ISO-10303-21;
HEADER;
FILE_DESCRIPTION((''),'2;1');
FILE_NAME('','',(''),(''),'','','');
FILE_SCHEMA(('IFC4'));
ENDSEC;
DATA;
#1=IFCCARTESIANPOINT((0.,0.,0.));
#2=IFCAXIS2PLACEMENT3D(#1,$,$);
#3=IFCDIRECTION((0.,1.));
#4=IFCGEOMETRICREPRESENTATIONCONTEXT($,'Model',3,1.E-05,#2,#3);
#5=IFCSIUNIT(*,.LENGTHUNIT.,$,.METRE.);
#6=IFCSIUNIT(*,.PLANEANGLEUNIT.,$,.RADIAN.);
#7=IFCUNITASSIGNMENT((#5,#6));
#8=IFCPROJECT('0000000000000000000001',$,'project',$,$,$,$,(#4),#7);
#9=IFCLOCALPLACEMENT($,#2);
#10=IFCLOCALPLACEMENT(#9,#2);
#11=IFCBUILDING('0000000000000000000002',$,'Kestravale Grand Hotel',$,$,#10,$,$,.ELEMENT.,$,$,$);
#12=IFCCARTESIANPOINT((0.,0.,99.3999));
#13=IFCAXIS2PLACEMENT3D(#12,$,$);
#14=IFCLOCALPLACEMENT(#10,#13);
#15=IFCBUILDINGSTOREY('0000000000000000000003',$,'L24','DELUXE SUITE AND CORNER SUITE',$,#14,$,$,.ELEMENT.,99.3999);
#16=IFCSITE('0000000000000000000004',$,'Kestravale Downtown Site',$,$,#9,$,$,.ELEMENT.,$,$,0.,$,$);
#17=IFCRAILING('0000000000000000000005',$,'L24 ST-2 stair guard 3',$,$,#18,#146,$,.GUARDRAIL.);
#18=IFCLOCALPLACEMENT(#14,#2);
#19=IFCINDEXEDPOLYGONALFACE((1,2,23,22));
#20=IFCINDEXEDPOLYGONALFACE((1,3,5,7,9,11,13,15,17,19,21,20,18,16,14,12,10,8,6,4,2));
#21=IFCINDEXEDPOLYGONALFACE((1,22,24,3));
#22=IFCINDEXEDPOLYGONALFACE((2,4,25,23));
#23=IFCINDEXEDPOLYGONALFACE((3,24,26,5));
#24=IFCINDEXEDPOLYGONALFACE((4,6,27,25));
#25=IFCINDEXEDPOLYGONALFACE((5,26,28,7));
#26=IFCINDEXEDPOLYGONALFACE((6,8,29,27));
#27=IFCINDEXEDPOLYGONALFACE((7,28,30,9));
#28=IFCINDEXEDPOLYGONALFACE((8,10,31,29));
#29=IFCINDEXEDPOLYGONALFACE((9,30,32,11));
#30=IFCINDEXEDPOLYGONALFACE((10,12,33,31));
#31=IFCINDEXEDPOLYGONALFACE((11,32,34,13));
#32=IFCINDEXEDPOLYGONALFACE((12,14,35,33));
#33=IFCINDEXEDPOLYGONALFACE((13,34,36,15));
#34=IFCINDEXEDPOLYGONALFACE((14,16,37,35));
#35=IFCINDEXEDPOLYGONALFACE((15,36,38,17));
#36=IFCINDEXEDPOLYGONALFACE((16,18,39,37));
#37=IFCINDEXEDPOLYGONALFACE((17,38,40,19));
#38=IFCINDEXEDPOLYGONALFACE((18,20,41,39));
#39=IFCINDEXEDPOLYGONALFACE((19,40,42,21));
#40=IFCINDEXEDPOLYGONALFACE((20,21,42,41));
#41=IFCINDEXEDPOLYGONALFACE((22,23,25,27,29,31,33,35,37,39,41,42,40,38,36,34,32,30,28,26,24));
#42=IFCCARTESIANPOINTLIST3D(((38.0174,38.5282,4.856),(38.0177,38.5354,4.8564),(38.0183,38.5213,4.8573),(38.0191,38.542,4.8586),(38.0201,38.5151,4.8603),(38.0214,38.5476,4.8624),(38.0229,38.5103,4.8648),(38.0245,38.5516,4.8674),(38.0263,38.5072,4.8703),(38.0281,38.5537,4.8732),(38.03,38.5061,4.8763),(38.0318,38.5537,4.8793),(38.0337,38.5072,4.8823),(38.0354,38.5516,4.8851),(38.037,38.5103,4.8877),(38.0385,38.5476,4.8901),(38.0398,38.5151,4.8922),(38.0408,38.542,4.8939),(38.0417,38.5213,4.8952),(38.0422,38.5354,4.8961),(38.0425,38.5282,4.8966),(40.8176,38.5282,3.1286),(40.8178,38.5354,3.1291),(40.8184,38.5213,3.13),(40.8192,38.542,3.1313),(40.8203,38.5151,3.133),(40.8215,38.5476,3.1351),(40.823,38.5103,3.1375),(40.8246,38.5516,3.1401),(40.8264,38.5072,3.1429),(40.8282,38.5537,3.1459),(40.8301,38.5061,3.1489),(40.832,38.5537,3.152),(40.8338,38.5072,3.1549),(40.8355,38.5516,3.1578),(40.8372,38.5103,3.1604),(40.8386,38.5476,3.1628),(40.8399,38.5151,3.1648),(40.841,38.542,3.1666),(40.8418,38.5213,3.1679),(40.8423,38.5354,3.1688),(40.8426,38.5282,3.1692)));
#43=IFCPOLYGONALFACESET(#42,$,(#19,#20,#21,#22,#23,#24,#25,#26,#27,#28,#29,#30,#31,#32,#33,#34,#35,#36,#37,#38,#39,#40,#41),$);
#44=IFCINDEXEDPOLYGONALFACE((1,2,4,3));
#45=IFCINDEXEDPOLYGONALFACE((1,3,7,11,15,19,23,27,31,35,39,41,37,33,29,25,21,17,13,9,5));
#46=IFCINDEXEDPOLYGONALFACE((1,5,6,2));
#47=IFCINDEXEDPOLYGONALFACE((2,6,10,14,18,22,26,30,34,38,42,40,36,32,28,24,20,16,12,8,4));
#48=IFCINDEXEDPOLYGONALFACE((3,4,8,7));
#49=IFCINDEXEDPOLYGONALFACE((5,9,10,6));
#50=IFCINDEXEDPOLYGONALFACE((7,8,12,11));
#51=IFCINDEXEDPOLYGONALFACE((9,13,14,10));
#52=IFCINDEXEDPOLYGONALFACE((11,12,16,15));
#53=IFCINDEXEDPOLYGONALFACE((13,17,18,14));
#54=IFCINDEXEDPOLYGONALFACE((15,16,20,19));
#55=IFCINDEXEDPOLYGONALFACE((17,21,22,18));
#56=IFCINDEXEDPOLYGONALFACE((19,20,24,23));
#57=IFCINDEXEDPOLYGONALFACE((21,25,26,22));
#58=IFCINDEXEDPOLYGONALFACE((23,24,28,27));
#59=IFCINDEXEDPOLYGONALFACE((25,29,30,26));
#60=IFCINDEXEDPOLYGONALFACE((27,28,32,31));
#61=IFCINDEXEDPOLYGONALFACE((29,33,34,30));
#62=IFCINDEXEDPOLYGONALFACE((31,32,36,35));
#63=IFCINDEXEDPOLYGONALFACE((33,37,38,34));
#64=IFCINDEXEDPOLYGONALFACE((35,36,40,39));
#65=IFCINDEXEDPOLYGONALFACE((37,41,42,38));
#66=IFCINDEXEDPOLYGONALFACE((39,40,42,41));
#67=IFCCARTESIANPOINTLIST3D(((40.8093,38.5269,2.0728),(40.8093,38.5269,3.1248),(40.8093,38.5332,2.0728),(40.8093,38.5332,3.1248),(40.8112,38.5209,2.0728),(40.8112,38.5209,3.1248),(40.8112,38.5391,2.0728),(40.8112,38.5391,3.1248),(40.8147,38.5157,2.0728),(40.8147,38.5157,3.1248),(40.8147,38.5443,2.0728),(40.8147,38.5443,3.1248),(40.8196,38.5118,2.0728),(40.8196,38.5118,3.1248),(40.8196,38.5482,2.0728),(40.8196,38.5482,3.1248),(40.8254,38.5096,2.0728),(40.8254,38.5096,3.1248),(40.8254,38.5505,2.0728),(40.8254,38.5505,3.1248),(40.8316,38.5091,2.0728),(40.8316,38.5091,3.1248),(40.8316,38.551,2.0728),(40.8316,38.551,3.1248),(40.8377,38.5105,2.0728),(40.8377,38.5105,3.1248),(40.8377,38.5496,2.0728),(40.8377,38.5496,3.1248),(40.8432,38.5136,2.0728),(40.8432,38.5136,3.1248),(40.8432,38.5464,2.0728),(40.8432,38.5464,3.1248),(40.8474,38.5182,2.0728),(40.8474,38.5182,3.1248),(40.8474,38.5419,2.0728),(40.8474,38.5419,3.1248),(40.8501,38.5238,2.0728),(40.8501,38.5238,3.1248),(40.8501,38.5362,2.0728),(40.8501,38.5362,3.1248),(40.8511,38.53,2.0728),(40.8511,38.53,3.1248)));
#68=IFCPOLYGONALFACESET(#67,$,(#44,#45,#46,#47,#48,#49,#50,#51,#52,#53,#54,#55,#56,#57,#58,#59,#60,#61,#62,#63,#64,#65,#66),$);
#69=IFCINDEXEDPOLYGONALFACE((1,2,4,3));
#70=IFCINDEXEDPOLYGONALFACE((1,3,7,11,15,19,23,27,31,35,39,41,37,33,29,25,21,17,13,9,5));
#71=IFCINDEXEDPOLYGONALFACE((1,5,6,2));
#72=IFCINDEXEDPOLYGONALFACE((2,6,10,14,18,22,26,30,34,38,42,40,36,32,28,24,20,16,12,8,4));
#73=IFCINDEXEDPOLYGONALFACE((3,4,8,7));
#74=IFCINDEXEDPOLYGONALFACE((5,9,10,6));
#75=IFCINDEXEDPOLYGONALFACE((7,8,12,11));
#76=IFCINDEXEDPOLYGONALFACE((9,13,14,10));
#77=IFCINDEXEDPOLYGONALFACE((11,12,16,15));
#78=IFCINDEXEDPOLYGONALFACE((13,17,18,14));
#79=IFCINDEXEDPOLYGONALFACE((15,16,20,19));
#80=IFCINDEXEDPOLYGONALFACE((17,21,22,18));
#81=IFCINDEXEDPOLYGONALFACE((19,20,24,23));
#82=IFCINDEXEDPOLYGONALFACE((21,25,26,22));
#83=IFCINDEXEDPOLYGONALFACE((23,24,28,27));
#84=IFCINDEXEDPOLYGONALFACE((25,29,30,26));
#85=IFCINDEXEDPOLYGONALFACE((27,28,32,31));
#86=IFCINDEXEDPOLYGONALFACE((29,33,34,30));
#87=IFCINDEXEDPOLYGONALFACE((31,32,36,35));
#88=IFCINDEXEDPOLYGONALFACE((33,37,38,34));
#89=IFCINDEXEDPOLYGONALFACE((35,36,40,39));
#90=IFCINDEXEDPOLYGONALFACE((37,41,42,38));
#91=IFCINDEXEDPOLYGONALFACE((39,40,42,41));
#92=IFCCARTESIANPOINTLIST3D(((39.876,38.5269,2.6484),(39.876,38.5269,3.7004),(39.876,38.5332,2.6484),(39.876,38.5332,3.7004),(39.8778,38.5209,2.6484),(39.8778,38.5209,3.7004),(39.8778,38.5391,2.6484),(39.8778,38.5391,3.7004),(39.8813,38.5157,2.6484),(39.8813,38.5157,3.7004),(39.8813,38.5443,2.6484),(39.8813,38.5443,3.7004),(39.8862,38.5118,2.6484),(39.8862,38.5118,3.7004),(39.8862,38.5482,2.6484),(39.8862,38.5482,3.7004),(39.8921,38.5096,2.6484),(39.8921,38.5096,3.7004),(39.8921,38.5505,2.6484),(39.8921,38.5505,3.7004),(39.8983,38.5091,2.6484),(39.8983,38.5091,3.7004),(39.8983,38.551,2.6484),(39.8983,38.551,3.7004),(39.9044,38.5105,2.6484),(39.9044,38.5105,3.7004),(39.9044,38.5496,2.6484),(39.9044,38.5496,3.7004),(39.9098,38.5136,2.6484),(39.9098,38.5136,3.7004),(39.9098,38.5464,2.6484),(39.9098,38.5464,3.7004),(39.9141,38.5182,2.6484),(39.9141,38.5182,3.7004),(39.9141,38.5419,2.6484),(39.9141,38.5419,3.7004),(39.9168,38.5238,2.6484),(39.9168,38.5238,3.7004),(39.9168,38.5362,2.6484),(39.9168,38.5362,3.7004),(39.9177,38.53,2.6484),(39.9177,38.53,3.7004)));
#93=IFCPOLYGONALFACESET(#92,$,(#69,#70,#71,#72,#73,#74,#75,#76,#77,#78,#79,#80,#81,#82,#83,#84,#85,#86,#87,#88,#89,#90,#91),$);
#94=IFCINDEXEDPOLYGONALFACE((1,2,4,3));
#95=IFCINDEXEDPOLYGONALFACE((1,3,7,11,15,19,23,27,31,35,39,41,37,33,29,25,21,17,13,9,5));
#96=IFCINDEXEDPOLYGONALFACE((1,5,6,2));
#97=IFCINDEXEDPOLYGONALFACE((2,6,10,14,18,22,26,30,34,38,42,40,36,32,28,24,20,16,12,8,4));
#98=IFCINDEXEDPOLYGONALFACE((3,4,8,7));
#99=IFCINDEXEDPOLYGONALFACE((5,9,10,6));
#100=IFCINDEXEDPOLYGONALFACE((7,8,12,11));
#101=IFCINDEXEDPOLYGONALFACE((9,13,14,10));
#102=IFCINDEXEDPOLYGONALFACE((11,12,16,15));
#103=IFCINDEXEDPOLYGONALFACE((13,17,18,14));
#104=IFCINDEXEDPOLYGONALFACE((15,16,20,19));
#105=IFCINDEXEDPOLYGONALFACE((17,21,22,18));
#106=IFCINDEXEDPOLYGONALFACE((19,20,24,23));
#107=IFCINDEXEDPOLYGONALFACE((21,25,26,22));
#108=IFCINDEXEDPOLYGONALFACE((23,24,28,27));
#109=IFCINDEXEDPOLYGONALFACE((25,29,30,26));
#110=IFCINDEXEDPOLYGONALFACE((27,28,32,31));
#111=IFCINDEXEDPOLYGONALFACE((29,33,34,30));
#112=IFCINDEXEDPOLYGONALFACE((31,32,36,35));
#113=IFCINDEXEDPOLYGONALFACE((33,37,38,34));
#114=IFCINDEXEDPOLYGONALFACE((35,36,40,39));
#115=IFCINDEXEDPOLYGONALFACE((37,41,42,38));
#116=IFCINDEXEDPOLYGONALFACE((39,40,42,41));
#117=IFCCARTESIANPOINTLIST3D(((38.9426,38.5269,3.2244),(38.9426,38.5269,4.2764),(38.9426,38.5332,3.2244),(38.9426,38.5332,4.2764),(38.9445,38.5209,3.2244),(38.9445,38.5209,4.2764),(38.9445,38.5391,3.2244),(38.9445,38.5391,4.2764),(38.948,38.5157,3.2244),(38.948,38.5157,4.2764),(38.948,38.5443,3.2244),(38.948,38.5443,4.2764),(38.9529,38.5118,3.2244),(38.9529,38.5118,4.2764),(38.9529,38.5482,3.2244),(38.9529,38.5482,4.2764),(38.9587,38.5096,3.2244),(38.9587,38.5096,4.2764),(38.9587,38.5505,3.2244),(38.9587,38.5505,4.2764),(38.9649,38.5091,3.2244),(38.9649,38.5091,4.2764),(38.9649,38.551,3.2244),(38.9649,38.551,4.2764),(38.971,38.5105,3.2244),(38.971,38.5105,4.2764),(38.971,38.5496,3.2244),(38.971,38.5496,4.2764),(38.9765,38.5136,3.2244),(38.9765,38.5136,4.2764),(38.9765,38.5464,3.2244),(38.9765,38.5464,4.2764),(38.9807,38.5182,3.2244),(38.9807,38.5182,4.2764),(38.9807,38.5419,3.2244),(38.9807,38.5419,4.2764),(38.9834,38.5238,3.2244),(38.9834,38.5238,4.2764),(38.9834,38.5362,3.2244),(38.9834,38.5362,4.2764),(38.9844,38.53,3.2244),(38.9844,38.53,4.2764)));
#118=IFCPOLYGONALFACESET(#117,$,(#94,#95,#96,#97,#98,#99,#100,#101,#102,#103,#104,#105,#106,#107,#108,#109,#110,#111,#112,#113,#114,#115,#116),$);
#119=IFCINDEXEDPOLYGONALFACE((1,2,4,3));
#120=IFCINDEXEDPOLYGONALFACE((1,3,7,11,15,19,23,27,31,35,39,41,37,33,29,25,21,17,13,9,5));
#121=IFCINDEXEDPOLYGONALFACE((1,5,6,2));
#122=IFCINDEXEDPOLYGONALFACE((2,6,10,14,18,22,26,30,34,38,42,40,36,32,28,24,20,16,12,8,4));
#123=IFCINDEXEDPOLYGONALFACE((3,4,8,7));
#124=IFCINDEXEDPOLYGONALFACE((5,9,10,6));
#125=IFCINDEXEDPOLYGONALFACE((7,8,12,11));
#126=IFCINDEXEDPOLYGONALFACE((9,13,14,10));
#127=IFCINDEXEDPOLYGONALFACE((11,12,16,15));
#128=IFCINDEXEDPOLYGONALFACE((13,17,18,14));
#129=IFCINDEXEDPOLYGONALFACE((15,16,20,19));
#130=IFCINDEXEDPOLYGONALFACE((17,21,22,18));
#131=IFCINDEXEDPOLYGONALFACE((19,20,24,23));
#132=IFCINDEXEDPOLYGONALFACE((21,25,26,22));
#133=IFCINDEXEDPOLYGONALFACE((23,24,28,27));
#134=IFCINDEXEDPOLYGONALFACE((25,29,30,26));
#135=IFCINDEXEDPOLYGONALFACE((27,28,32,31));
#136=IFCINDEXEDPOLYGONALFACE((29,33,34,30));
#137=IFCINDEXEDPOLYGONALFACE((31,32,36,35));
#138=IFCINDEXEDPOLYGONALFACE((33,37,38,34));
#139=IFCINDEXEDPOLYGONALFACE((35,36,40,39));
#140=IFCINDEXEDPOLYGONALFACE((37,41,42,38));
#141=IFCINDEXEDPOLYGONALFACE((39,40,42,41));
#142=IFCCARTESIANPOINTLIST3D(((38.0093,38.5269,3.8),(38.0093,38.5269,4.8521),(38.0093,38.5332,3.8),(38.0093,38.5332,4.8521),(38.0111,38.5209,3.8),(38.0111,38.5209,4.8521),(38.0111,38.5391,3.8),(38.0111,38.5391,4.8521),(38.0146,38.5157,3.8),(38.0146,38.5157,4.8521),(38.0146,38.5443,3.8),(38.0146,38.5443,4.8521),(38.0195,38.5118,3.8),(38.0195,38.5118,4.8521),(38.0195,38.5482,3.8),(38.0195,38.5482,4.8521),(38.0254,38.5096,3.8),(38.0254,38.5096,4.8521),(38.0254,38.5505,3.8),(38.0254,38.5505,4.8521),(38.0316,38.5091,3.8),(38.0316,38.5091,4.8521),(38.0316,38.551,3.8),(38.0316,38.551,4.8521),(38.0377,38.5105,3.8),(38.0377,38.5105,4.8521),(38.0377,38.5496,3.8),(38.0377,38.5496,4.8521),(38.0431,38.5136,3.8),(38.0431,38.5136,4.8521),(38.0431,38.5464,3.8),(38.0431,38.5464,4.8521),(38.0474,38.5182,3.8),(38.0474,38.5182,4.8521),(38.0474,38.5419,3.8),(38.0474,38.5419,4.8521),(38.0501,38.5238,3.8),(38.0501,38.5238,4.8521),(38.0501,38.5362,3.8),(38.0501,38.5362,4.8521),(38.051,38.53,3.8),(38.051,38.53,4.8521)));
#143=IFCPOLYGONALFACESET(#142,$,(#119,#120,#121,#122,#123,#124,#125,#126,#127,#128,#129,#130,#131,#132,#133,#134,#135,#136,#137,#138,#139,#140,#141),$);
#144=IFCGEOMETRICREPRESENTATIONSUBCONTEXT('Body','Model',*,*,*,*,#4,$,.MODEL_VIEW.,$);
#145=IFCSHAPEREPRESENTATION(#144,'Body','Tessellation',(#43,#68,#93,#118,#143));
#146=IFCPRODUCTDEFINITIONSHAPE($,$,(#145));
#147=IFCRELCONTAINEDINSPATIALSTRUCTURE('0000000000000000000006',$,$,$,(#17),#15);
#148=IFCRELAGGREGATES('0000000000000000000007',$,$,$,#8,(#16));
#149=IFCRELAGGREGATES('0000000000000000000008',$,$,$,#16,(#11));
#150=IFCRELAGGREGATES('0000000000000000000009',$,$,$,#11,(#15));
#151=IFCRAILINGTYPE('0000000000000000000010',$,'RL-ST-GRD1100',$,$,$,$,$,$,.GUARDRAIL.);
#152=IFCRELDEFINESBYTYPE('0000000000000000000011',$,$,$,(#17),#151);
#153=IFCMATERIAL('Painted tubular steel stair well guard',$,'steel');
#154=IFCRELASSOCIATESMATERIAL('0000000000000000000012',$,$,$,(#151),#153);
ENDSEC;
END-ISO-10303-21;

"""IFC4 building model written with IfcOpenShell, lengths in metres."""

from ifc_helpers import new_model, si_unit, direction, frame, origin, origin_2d, place, context, subcontext, project, spatial, circle, extrude, material, type_object, element, save


model = new_model("IFC4")

# Units and contexts
model_context = context("Model", 3, precision=1e-05, world=origin(), true_north=direction((0.0, 1.0)))
body_context = subcontext(model_context, "Body", "Model", "MODEL_VIEW")
ifc_project = project(units=[si_unit("LENGTHUNIT", "METRE"), si_unit("PLANEANGLEUNIT", "RADIAN")], contexts=[model_context])

# Site, building, storey
site_placement = place(None, origin())
site = spatial("IfcSite", under=ifc_project, at=site_placement, Name="Kestravale Downtown Site", CompositionType="ELEMENT", RefElevation=0.0)
building_placement = place(site_placement, origin())
building = spatial("IfcBuilding", under=site, at=building_placement, Name="Kestravale Grand Hotel", CompositionType="ELEMENT")
storey_placement = place(building_placement, frame((0.0, 0.0, 99.3999)))
storey = spatial("IfcBuildingStorey", under=building, at=storey_placement, Name="L24", Description="DELUXE SUITE AND CORNER SUITE", CompositionType="ELEMENT", Elevation=99.3999)

# Railing
ifc_material_1 = material(Name="Painted tubular steel stair well guard", Category="steel")
railing_type_1 = type_object("IfcRailingType", Name="RL-ST-GRD1100", PredefinedType="GUARDRAIL", material=ifc_material_1)
railing_1_placement = place(storey_placement, frame((40.8301, 38.53, 2.0728)))
element("IfcRailing", 1, at=railing_1_placement, inside=storey, type_object=railing_type_1, Name="L24 ST-2 stair guard 3", PredefinedType="GUARDRAIL", context=body_context, shape_type="SweptSolid", body=[
    extrude(circle(Radius=0.0239, at=origin_2d()), frame((0.0, 0.0, 1.0762), z_axis=(-0.85109, 0.0, 0.52502), x_axis=(0.0, -1.0, 0.0)), (0.0, 0.0, 1.0), 3.29),
    extrude(circle(Radius=0.021, at=origin_2d()), origin(), (0.0, 0.0, 1.0), 1.052),
    extrude(circle(Radius=0.021, at=origin_2d()), frame((-0.9333, 0.0, 0.5757)), (0.0, 0.0, 1.0), 1.052),
    extrude(circle(Radius=0.021, at=origin_2d()), frame((-1.8667, 0.0, 1.1516)), (0.0, 0.0, 1.0), 1.052),
    extrude(circle(Radius=0.021, at=origin_2d()), frame((-2.8, 0.0, 1.7273)), (0.0, 0.0, 1.0), 1.052),
])

save(model, "model.ifc")
